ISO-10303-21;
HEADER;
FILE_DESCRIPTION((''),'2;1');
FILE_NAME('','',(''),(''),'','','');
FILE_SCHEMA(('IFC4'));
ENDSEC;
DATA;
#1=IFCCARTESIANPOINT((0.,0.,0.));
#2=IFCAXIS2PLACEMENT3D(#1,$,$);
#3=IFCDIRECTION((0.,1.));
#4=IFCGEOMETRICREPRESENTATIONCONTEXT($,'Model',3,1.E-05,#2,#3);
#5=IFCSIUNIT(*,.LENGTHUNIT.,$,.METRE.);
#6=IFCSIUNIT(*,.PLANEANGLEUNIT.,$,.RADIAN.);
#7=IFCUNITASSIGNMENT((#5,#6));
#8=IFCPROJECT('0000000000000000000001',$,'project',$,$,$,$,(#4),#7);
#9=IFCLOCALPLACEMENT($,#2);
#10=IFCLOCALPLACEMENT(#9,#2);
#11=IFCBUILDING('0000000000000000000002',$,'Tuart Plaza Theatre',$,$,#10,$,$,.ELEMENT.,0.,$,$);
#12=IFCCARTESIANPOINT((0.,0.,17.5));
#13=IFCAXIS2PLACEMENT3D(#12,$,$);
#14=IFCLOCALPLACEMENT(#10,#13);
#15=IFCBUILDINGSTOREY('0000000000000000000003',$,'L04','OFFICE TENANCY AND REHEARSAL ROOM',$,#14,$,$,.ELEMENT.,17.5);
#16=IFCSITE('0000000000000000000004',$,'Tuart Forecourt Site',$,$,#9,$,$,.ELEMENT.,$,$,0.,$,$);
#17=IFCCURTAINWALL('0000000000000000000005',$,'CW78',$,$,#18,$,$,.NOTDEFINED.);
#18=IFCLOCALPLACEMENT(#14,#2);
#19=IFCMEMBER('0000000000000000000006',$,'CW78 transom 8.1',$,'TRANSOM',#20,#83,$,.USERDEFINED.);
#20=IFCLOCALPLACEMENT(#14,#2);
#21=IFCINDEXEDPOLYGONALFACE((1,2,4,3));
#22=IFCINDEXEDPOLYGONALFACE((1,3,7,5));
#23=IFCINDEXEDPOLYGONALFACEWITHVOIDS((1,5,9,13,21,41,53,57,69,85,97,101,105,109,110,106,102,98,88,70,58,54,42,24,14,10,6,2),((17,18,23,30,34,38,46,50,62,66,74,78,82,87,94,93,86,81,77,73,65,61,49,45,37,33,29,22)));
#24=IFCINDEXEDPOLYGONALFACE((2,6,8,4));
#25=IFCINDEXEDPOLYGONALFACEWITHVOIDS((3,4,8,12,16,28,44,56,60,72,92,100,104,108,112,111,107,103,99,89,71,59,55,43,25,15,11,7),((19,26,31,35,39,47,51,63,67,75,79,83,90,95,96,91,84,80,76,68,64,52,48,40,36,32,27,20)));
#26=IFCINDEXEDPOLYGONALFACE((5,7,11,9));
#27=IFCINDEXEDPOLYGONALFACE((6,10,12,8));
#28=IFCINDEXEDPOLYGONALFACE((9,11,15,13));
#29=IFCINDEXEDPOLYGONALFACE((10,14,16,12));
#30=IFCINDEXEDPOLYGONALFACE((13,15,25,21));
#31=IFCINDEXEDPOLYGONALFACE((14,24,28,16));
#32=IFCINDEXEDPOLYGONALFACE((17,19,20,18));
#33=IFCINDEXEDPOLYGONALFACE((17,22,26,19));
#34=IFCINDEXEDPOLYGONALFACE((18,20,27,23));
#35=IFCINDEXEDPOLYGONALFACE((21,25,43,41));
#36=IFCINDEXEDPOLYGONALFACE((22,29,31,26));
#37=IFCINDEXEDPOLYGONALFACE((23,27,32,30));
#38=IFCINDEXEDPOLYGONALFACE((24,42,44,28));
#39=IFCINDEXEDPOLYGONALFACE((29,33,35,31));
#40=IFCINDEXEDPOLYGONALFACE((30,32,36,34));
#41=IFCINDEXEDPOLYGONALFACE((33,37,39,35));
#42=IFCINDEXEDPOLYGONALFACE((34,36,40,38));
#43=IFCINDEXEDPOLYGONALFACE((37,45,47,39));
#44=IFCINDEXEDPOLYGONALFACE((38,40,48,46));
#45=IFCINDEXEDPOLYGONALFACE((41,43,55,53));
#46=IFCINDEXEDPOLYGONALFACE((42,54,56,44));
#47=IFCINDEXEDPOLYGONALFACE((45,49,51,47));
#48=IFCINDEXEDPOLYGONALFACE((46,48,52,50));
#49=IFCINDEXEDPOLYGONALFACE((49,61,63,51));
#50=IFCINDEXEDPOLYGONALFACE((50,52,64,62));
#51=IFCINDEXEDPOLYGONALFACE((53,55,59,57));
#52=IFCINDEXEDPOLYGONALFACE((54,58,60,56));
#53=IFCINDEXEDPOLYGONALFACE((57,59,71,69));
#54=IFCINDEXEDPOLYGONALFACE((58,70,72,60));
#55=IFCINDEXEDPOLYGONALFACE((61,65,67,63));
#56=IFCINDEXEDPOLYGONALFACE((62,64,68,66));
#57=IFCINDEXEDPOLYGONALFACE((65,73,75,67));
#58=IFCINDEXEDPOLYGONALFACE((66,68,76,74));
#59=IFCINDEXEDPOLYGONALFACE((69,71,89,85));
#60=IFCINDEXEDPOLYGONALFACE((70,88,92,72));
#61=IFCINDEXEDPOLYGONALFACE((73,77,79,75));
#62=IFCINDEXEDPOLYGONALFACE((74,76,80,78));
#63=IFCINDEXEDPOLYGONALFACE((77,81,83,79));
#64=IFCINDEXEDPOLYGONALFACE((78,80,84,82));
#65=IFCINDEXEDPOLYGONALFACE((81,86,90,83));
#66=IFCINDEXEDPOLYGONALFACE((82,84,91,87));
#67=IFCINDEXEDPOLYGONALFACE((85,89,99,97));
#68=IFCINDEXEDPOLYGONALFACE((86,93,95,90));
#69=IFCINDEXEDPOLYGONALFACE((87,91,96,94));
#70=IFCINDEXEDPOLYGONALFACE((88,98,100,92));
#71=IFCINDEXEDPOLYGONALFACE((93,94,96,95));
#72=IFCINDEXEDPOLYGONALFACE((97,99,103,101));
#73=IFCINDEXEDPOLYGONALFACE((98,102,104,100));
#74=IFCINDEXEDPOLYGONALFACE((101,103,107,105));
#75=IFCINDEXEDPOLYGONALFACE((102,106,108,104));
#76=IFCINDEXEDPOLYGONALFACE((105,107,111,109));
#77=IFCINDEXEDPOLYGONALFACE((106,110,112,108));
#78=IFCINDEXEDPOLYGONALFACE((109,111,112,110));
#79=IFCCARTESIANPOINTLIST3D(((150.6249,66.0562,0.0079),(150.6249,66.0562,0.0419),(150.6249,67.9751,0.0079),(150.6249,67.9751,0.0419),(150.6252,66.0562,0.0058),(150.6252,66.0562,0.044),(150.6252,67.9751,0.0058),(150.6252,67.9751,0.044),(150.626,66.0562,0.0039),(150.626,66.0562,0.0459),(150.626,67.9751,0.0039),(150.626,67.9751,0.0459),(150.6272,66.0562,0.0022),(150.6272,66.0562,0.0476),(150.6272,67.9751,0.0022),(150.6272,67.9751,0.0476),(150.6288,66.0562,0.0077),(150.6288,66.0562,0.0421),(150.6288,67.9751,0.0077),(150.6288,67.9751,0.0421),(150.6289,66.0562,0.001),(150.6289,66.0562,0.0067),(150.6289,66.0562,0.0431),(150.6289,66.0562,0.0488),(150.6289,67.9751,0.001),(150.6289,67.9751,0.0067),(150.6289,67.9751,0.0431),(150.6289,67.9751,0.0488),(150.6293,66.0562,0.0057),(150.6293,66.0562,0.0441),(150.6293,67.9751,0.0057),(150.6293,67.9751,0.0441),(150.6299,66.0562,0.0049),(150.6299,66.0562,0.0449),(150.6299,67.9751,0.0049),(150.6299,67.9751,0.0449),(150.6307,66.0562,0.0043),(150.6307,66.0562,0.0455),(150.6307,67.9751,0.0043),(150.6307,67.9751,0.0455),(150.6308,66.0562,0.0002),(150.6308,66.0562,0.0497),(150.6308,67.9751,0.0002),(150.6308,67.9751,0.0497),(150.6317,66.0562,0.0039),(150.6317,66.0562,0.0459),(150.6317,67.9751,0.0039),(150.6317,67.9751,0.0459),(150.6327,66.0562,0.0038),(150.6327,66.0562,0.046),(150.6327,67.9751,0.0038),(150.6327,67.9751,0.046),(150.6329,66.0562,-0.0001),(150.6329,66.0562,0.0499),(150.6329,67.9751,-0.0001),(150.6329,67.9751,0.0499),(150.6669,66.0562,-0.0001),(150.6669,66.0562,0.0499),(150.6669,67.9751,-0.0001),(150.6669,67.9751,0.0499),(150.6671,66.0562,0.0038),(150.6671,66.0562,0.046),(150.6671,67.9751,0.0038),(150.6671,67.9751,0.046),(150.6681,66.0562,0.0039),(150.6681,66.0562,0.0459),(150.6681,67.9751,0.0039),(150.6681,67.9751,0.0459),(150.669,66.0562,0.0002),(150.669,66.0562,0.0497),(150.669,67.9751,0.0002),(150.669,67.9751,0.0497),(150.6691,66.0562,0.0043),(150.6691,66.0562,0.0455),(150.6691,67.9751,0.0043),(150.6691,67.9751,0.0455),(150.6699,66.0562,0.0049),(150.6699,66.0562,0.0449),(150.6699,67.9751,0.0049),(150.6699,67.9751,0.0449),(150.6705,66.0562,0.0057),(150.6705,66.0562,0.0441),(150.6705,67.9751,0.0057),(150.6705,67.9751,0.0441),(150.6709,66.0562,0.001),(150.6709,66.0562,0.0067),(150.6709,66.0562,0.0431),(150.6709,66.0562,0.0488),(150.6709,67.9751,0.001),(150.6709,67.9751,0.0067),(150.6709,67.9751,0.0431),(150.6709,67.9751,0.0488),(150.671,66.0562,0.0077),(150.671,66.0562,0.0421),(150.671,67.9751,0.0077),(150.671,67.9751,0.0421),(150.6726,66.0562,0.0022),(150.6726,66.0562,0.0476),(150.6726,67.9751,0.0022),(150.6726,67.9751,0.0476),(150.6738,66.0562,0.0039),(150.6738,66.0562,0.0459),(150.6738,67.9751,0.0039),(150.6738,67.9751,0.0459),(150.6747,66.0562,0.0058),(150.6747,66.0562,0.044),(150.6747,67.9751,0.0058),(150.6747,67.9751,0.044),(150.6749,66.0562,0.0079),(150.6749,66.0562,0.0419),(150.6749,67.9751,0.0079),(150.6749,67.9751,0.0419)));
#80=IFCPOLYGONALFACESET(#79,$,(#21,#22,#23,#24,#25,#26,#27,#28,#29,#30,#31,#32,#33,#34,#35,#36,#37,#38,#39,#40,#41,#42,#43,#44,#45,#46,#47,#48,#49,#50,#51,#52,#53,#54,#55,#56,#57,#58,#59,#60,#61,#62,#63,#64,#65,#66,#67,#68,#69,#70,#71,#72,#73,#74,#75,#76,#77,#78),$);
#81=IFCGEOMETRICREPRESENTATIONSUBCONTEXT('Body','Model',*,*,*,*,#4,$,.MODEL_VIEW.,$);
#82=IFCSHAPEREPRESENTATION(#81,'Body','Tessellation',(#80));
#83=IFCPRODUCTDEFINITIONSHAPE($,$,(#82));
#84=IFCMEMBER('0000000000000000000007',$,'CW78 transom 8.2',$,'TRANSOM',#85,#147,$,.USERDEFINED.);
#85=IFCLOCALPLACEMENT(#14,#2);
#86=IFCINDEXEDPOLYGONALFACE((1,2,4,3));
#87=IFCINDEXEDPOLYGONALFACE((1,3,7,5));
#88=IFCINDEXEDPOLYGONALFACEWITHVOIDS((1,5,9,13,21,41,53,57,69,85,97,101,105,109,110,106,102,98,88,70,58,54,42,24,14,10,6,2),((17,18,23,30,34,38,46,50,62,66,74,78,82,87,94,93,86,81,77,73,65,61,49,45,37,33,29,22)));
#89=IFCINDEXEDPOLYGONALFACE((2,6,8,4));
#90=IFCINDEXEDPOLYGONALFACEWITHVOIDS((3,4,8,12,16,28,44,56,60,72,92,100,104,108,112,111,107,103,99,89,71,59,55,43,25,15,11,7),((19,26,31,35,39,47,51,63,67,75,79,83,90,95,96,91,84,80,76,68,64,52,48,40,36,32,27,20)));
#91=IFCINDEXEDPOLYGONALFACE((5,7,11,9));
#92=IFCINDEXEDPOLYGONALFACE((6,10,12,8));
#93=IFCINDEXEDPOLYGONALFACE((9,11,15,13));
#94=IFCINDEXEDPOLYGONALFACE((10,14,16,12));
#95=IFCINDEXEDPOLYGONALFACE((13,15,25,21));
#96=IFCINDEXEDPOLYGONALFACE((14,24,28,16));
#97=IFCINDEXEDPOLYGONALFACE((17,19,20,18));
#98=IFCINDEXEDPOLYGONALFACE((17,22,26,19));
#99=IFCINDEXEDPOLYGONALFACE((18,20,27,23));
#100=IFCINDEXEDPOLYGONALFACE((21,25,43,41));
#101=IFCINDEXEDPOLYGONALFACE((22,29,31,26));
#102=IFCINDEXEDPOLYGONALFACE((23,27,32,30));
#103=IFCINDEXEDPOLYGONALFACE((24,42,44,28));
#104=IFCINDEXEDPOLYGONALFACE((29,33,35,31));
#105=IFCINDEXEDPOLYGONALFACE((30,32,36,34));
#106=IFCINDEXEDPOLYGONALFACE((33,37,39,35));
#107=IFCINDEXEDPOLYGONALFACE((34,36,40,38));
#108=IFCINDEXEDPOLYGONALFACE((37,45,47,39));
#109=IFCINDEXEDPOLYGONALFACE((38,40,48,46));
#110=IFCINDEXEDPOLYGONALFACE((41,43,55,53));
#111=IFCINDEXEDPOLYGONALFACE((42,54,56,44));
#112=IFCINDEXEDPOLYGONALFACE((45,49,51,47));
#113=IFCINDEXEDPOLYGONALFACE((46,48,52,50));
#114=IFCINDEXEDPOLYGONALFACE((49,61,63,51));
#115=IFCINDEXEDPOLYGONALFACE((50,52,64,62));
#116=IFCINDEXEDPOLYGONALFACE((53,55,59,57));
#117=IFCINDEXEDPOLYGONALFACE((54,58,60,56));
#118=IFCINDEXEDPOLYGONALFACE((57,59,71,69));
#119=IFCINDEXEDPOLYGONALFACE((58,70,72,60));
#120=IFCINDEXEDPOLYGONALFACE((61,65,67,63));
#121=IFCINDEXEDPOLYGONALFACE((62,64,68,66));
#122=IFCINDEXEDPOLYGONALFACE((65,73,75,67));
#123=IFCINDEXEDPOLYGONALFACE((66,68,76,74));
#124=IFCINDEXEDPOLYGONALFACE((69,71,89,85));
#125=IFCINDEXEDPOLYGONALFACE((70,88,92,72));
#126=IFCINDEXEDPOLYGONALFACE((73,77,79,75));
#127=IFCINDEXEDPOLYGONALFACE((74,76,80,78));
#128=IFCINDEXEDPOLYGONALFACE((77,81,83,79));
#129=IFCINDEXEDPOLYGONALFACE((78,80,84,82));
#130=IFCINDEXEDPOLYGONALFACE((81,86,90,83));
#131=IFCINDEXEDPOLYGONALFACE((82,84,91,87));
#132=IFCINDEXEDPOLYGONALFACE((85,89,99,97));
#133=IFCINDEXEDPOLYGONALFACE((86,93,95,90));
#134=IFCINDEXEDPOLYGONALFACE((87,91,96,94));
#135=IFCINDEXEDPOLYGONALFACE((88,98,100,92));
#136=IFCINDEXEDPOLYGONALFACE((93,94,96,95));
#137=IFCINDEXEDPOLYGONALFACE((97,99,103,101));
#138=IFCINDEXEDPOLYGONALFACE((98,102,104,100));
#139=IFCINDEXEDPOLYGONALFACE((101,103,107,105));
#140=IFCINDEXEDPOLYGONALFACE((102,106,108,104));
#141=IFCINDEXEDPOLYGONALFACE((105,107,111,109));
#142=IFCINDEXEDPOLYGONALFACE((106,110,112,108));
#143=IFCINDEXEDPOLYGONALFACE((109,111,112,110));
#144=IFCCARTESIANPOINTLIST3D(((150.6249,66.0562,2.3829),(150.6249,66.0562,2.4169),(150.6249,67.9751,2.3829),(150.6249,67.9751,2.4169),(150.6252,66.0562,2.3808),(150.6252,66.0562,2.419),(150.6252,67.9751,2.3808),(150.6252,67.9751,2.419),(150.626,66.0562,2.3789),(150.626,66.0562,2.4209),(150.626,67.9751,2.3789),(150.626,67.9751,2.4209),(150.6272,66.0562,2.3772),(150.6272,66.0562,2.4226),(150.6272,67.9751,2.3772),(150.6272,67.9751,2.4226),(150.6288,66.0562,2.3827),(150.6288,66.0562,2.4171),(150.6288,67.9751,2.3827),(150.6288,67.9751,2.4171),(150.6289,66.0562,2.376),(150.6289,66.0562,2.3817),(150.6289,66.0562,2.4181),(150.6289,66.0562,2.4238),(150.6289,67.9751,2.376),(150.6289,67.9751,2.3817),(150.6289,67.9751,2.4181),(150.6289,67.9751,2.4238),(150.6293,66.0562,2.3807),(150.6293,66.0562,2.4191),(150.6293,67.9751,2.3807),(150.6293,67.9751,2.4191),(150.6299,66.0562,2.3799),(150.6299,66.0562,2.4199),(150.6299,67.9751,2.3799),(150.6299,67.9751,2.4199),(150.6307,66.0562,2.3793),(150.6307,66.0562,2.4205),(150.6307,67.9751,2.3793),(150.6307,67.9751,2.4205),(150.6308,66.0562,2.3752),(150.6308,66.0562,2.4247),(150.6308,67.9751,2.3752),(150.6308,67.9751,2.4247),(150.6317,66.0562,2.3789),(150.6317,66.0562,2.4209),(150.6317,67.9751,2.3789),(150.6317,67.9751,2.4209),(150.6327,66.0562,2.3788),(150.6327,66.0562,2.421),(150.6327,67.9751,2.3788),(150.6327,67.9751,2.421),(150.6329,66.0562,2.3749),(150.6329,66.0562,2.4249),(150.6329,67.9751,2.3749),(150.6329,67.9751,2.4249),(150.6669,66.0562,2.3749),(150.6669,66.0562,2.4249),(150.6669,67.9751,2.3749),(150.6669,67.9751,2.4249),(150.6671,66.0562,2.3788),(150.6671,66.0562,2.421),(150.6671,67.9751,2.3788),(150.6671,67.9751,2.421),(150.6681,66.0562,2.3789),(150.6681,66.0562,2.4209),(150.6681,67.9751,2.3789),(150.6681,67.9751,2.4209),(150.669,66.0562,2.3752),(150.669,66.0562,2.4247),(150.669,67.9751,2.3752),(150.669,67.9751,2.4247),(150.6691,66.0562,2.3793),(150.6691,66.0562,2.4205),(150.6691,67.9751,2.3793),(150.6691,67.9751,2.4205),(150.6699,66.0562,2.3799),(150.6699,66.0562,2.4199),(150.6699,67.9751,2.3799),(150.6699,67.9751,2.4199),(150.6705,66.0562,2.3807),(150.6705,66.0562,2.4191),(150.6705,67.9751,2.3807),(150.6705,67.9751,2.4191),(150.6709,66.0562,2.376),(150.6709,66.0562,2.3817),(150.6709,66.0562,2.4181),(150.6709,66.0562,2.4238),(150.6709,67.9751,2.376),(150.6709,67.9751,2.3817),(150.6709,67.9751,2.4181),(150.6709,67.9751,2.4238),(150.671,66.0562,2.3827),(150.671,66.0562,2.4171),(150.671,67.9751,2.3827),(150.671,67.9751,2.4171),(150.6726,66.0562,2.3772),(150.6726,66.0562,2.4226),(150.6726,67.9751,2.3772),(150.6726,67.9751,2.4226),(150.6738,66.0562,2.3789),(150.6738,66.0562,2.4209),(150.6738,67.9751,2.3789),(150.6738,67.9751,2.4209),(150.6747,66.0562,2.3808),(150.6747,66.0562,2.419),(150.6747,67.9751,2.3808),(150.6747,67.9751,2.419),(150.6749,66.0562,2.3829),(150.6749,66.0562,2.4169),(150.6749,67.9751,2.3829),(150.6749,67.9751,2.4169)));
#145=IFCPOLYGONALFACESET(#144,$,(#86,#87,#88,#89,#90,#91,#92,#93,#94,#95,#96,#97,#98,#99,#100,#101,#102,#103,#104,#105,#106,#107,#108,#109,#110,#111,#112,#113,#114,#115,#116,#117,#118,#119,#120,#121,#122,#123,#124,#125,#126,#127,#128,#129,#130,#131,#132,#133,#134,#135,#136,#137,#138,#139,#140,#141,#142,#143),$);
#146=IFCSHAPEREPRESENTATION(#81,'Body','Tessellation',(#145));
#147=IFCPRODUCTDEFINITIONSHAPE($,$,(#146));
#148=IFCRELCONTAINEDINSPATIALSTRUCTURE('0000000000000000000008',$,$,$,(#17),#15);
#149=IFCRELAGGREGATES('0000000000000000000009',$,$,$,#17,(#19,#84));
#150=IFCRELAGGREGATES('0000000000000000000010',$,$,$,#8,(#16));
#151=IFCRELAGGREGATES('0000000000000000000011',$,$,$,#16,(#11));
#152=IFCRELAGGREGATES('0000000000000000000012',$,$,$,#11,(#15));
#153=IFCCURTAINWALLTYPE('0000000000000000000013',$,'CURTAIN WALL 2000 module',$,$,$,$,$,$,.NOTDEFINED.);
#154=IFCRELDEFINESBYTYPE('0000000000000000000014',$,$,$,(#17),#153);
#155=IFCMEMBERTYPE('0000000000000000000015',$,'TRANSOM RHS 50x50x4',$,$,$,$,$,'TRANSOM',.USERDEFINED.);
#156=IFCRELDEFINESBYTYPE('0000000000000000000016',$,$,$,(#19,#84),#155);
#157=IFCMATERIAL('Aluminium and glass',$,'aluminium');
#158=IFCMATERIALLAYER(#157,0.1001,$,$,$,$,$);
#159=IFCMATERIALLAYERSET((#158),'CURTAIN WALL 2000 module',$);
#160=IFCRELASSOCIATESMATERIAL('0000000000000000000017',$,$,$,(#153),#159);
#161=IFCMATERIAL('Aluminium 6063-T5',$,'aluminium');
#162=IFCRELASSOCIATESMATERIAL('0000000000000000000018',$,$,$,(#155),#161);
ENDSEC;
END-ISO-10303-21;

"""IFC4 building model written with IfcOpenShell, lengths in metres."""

from ifc_helpers import new_model, si_unit, direction, frame, origin, origin_2d, place, context, subcontext, project, spatial, hollow_rectangle, extrude, material, layer, layer_set, material_profile, profile_set, type_object, element, aggregate, save


model = new_model("IFC4")

# Units and contexts
model_context = context("Model", 3, precision=1e-05, world=origin(), true_north=direction((0.0, 1.0)))
body_context = subcontext(model_context, "Body", "Model", "MODEL_VIEW")
ifc_project = project(units=[si_unit("LENGTHUNIT", "METRE"), si_unit("PLANEANGLEUNIT", "RADIAN")], contexts=[model_context])

# Site, building, storey
site_placement = place(None, origin())
site = spatial("IfcSite", under=ifc_project, at=site_placement, Name="Tuart Forecourt Site", CompositionType="ELEMENT", RefElevation=0.0)
building_placement = place(site_placement, origin())
building = spatial("IfcBuilding", under=site, at=building_placement, Name="Tuart Plaza Theatre", CompositionType="ELEMENT", ElevationOfRefHeight=0.0)
storey_placement = place(building_placement, frame((0.0, 0.0, 17.5)))
storey = spatial("IfcBuildingStorey", under=building, at=storey_placement, Name="L04", Description="OFFICE TENANCY AND REHEARSAL ROOM", CompositionType="ELEMENT", Elevation=17.5)

# Curtain wall, members
ifc_material_1 = material(Name="Aluminium and glass", Category="aluminium")
ifc_layer_1 = layer(ifc_material_1, 0.1001)
ifc_layer_set_1 = layer_set([ifc_layer_1], Name="CURTAIN WALL 2000 module")
curtain_wall_type = type_object("IfcCurtainWallType", Name="CURTAIN WALL 2000 module", PredefinedType="NOTDEFINED", material=ifc_layer_set_1)
curtain_wall_placement = place(storey_placement, origin())
curtain_wall = element("IfcCurtainWall", 1, at=curtain_wall_placement, inside=storey, type_object=curtain_wall_type, Name="CW78", PredefinedType="NOTDEFINED")
ifc_material_2 = material(Name="Aluminium 6063-T5", Category="aluminium")
ifc_material_profile_1 = material_profile(ifc_material_2, hollow_rectangle(XDim=0.05, YDim=0.05, WallThickness=0.0039, InnerFilletRadius=0.0039, OuterFilletRadius=0.0081, at=origin_2d()), Name="RHS 50x50x4")
ifc_profile_set_1 = profile_set([ifc_material_profile_1], Name="Aluminium 6063-T5")
member_type_1 = type_object("IfcMemberType", Name="TRANSOM RHS 50x50x4", ElementType="TRANSOM", PredefinedType="USERDEFINED", material=ifc_profile_set_1)
member_1_placement = place(storey_placement, frame((150.6499, 66.0562, 0.0249), z_axis=(0.0, 1.0, 0.0), x_axis=(-1.0, 0.0, 0.0)))
member_1 = element("IfcMember", 2, at=member_1_placement, type_object=member_type_1, Name="CW78 transom 8.1", ObjectType="TRANSOM", PredefinedType="USERDEFINED", context=body_context, shape_type="SweptSolid", body=[
    extrude(hollow_rectangle(XDim=0.05, YDim=0.05, WallThickness=0.0039, InnerFilletRadius=0.0039, OuterFilletRadius=0.0081, at=origin_2d()), origin(), (0.0, 0.0, 1.0), 1.9189),
])
member_2_placement = place(storey_placement, frame((150.6499, 66.0562, 2.3999), z_axis=(0.0, 1.0, 0.0), x_axis=(-1.0, 0.0, 0.0)))
member_2 = element("IfcMember", 3, at=member_2_placement, type_object=member_type_1, Name="CW78 transom 8.2", ObjectType="TRANSOM", PredefinedType="USERDEFINED", context=body_context, shape_type="SweptSolid", body=[
    extrude(hollow_rectangle(XDim=0.05, YDim=0.05, WallThickness=0.0039, InnerFilletRadius=0.0039, OuterFilletRadius=0.0081, at=origin_2d()), origin(), (0.0, 0.0, 1.0), 1.9189),
])
aggregate(curtain_wall, [member_1, member_2])

save(model, "model.ifc")
